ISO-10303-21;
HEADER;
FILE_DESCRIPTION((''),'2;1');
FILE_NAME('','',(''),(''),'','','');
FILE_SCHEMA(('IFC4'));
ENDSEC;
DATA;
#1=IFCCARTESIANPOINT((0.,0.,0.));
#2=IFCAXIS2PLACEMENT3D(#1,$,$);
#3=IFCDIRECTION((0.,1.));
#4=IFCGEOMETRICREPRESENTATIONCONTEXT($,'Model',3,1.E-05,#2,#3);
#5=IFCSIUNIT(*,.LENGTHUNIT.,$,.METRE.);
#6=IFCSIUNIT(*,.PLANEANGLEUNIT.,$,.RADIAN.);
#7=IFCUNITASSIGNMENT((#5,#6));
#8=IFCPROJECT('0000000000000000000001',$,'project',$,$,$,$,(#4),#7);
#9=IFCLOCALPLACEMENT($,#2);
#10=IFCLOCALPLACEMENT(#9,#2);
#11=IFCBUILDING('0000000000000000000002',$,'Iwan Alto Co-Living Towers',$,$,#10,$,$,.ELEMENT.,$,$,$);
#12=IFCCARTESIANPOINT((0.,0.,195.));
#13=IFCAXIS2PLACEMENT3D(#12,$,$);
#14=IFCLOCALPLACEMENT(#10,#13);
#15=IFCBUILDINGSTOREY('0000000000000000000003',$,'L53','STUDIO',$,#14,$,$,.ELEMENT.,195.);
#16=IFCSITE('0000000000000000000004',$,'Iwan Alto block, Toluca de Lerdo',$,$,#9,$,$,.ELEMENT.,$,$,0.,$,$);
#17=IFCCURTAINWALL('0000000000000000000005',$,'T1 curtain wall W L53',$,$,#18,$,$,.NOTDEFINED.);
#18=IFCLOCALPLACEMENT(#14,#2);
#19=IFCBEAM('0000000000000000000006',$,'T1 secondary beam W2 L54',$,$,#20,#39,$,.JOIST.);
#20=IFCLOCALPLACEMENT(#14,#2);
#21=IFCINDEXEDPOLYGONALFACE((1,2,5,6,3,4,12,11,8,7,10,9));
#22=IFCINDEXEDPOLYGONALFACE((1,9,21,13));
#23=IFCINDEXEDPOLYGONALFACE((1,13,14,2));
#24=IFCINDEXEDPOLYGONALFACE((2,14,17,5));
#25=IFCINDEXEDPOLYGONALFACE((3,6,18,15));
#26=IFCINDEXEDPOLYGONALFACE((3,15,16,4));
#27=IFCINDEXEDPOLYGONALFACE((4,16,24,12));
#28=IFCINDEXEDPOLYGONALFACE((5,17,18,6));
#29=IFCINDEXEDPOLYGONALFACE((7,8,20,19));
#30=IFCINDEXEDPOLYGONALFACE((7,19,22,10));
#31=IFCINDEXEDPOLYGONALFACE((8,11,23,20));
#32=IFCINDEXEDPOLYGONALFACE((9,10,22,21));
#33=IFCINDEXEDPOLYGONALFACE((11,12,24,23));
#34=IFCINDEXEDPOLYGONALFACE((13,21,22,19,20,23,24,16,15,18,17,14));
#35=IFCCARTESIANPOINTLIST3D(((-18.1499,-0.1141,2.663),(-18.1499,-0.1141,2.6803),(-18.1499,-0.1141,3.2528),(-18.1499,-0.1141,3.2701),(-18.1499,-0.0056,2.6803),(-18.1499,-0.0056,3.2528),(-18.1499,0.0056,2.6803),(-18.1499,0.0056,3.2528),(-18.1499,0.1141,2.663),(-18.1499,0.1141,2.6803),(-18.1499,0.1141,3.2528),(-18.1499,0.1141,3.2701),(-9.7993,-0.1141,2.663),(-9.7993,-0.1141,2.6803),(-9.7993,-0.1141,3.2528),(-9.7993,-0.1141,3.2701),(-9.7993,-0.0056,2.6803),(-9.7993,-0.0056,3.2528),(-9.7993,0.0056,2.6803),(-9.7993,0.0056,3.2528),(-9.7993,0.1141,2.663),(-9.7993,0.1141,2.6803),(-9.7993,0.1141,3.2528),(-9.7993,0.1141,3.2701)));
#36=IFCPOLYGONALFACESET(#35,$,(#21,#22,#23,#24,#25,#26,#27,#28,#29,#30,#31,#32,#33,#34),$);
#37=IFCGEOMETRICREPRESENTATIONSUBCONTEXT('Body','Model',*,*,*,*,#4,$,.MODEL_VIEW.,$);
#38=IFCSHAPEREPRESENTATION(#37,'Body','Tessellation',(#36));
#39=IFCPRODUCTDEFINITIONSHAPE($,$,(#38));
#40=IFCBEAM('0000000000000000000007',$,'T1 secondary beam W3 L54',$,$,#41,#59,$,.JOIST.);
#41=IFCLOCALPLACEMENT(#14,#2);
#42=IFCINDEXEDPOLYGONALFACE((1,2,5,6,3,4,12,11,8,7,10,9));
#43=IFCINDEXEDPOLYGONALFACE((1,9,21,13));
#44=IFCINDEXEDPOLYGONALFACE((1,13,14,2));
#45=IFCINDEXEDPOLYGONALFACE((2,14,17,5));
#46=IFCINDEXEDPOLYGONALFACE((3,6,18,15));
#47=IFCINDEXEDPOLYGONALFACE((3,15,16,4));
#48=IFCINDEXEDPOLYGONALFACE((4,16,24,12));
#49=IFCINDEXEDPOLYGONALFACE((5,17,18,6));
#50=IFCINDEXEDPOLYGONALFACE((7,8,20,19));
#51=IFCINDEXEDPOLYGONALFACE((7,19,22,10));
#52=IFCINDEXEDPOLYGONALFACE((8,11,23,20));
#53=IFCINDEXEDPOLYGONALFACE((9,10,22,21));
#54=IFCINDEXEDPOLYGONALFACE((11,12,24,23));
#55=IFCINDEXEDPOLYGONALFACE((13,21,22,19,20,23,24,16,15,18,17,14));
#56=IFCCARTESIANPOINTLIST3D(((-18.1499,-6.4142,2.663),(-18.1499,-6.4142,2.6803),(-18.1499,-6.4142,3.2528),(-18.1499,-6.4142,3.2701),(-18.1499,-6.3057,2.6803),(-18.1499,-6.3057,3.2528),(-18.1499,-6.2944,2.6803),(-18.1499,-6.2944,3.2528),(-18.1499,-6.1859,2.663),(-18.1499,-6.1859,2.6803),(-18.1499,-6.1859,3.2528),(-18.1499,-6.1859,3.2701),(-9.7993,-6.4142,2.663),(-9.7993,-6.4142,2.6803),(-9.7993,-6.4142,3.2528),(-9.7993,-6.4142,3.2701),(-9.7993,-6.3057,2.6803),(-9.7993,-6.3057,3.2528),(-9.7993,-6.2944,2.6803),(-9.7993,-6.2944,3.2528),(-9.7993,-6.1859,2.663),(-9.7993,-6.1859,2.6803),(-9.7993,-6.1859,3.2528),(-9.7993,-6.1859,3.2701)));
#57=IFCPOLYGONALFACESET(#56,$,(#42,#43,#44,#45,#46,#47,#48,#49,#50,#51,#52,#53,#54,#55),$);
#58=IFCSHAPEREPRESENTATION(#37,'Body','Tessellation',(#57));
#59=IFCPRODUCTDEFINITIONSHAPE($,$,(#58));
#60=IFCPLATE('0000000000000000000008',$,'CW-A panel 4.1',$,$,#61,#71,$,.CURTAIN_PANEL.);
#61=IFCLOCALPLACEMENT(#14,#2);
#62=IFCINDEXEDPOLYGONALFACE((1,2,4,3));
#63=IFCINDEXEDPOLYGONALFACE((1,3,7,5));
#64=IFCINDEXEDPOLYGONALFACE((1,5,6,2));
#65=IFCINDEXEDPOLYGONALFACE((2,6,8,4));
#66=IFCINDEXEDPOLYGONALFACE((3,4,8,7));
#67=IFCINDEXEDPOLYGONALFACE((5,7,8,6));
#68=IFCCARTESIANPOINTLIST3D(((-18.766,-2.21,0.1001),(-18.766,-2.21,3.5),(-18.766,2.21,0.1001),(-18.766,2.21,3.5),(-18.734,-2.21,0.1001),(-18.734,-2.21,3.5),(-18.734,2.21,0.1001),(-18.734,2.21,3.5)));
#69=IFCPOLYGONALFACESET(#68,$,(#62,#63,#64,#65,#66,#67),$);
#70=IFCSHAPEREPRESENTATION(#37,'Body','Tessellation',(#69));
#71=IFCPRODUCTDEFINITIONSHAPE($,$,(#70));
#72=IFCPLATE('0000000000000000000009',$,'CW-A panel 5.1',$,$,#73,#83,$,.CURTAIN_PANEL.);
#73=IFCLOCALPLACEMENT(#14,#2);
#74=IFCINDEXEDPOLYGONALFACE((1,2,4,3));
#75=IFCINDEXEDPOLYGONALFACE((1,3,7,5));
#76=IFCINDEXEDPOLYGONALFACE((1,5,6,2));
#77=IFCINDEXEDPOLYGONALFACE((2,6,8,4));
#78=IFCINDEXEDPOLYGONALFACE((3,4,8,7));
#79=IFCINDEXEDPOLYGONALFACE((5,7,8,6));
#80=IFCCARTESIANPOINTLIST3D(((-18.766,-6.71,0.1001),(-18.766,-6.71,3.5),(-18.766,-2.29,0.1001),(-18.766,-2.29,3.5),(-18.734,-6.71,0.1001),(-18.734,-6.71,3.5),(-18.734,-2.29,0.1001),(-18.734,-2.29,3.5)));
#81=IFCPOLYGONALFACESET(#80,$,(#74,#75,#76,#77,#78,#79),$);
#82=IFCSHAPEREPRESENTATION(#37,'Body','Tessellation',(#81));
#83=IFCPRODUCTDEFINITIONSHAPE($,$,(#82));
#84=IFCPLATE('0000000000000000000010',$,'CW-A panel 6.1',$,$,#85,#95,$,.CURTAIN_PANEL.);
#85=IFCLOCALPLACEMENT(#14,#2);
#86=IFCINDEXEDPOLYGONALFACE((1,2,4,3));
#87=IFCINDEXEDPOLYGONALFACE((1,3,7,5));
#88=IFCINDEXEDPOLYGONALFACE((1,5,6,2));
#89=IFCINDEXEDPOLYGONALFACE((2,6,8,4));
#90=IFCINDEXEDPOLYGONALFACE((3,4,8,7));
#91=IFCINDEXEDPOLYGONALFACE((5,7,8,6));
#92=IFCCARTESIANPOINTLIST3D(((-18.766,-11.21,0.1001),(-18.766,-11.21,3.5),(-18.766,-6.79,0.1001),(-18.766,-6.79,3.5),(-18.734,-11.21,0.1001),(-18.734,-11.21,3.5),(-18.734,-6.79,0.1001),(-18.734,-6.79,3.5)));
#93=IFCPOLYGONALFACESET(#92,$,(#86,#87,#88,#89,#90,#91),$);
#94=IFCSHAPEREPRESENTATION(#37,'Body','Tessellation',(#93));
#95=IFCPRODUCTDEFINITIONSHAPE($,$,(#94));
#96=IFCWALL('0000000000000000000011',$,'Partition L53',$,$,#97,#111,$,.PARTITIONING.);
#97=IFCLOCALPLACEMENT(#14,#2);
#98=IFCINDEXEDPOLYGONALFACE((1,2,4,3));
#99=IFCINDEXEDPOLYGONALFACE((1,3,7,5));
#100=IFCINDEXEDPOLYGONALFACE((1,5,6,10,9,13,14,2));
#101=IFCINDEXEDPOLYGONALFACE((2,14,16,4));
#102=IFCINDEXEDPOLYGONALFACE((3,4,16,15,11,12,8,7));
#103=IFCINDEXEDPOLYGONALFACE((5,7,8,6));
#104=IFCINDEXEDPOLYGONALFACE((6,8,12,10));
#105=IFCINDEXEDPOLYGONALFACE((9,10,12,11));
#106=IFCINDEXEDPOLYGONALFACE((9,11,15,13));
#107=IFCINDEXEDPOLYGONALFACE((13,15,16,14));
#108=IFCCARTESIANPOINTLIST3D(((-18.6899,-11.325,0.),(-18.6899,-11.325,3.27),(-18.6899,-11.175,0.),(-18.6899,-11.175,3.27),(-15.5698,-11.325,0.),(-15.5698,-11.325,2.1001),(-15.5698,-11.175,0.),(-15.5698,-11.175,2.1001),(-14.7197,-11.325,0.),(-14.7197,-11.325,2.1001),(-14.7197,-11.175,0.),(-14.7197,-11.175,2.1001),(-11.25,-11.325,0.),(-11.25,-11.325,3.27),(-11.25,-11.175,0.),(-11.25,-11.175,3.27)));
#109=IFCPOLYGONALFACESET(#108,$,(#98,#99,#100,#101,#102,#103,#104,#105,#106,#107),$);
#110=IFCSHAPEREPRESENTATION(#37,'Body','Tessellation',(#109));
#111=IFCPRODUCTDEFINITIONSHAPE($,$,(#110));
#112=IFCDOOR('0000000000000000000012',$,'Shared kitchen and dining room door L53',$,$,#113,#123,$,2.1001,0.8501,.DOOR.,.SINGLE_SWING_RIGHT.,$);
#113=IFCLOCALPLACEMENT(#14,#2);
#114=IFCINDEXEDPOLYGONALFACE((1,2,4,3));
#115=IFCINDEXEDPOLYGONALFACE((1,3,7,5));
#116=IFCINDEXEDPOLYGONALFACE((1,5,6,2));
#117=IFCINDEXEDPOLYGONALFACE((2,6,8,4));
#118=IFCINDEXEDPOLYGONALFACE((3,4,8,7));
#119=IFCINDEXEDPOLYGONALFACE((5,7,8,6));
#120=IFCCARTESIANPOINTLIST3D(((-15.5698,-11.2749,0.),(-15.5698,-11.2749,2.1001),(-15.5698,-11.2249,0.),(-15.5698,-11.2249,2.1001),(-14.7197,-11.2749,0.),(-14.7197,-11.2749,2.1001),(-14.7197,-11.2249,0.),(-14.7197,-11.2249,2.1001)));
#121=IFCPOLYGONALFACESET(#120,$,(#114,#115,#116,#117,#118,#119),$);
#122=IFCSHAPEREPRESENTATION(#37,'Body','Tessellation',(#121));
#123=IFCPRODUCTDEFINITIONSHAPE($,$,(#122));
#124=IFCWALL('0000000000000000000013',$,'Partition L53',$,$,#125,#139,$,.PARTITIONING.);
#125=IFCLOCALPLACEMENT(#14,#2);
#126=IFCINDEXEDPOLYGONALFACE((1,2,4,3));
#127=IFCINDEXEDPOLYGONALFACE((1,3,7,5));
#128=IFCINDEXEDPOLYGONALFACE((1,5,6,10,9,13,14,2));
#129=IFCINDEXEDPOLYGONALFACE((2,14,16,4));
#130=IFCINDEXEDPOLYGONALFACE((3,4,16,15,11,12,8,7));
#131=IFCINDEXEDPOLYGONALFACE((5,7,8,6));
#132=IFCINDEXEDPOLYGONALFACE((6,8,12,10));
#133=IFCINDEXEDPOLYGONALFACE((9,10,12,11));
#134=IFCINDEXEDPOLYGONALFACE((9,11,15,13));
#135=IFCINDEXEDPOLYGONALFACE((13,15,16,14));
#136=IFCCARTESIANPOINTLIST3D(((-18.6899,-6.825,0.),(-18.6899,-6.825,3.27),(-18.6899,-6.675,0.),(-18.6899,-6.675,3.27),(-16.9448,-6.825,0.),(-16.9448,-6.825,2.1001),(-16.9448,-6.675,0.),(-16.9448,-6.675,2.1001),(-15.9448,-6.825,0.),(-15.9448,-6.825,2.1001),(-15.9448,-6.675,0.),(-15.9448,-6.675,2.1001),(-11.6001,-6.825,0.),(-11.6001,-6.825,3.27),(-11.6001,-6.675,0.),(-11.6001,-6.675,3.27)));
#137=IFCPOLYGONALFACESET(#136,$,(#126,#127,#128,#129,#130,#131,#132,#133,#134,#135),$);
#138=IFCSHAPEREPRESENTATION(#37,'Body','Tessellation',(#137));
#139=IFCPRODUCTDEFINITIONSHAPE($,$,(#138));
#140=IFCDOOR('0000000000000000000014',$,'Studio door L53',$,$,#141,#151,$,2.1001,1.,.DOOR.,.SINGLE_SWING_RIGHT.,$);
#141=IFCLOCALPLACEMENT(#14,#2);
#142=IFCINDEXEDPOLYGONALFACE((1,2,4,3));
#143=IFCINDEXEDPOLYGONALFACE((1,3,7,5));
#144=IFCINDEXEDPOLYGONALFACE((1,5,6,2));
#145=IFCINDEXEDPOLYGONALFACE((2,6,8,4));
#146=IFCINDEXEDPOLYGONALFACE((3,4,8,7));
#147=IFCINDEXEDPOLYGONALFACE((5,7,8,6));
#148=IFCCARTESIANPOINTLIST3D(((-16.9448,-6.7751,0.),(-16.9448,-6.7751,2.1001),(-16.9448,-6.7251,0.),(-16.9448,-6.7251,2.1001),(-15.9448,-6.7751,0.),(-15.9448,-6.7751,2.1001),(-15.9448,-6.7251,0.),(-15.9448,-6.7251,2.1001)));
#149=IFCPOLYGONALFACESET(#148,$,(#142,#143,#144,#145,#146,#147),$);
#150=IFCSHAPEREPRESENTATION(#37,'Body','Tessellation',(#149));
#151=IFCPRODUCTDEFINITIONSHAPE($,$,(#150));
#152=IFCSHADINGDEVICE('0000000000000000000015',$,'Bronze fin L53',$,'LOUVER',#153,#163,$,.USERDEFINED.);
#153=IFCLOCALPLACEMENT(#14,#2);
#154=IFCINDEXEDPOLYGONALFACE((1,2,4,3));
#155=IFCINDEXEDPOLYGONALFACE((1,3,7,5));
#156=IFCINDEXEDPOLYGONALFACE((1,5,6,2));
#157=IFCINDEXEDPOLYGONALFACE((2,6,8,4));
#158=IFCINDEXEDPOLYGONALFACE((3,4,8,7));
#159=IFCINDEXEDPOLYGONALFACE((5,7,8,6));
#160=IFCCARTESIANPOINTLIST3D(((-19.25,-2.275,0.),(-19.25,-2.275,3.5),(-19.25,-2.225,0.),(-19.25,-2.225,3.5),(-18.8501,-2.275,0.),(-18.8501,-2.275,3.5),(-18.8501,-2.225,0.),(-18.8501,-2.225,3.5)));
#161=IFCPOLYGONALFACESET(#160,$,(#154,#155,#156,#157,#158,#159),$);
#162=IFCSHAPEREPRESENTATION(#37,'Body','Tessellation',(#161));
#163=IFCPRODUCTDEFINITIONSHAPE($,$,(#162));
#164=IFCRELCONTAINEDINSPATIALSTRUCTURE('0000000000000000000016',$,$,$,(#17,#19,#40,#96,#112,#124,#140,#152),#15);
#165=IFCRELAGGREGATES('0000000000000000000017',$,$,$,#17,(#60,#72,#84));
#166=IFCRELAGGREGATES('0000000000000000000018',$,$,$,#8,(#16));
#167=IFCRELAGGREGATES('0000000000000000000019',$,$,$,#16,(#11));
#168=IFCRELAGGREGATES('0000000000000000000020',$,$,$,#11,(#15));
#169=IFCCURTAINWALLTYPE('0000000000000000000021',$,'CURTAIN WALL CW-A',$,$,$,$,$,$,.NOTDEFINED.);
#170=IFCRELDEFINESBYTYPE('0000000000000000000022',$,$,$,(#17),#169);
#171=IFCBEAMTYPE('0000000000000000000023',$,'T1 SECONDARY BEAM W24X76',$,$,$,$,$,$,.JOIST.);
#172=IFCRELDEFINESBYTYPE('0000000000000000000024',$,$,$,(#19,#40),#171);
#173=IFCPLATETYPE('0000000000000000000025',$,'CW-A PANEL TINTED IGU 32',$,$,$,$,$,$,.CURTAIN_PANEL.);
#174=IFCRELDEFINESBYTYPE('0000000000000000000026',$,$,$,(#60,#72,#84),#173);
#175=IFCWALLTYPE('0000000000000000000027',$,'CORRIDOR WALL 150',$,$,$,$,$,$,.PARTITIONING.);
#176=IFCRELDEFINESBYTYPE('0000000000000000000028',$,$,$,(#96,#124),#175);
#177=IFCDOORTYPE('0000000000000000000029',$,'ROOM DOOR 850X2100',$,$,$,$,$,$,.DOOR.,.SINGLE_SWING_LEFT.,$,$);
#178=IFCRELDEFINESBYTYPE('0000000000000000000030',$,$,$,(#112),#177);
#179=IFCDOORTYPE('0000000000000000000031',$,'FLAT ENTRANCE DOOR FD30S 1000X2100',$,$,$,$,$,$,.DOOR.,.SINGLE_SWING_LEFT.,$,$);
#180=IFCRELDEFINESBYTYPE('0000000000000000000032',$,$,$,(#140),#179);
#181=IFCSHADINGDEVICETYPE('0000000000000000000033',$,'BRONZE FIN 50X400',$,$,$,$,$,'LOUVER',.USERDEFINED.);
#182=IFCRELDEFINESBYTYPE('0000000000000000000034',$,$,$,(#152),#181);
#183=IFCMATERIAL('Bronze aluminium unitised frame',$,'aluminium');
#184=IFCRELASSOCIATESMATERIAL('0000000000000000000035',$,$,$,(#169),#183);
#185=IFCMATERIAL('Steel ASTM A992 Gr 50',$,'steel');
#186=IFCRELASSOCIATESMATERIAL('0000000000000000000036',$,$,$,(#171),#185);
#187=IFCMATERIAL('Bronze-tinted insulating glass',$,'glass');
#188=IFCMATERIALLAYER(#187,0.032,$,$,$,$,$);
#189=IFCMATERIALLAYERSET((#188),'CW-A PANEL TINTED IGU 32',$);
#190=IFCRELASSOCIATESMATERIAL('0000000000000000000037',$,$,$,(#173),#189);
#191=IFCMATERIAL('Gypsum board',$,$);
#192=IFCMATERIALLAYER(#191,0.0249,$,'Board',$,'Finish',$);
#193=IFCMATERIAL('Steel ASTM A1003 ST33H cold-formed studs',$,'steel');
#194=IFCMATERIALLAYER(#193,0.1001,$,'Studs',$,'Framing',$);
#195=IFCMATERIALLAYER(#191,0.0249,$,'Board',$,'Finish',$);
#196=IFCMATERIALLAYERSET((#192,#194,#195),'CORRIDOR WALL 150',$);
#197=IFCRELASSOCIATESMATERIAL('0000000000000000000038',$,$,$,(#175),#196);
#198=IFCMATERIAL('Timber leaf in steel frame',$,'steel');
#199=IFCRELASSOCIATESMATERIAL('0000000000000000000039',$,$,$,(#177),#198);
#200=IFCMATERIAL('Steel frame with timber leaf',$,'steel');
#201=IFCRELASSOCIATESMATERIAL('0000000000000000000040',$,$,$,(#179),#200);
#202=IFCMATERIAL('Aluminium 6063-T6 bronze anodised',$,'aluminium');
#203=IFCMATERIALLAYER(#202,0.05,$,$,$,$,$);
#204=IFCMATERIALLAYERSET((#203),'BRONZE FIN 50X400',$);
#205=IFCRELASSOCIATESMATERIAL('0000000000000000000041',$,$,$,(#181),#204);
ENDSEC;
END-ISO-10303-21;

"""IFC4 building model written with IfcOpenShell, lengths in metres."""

from ifc_helpers import new_model, si_unit, direction, frame, frame_2d, origin, origin_2d, place, context, subcontext, project, spatial, rectangle, i_section, extrude, material, layer, layer_set, material_profile, profile_set, type_object, element, fill, aggregate, save


model = new_model("IFC4")

# Units and contexts
model_context = context("Model", 3, precision=1e-05, world=origin(), true_north=direction((0.0, 1.0)))
body_context = subcontext(model_context, "Body", "Model", "MODEL_VIEW")
ifc_project = project(units=[si_unit("LENGTHUNIT", "METRE"), si_unit("PLANEANGLEUNIT", "RADIAN")], contexts=[model_context])

# Site, building, storey
site_placement = place(None, origin())
site = spatial("IfcSite", under=ifc_project, at=site_placement, Name="Iwan Alto block, Toluca de Lerdo", CompositionType="ELEMENT", RefElevation=0.0)
building_placement = place(site_placement, origin())
building = spatial("IfcBuilding", under=site, at=building_placement, Name="Iwan Alto Co-Living Towers", CompositionType="ELEMENT")
storey_placement = place(building_placement, frame((0.0, 0.0, 195.0)))
storey = spatial("IfcBuildingStorey", under=building, at=storey_placement, Name="L53", Description="STUDIO", CompositionType="ELEMENT", Elevation=195.0)

# Curtain wall
ifc_material_1 = material(Name="Bronze aluminium unitised frame", Category="aluminium")
curtain_wall_type = type_object("IfcCurtainWallType", Name="CURTAIN WALL CW-A", PredefinedType="NOTDEFINED", material=ifc_material_1)
curtain_wall_placement = place(storey_placement, origin())
curtain_wall = element("IfcCurtainWall", 1, at=curtain_wall_placement, inside=storey, type_object=curtain_wall_type, Name="T1 curtain wall W L53", PredefinedType="NOTDEFINED")

# Beams
ifc_material_2 = material(Name="Steel ASTM A992 Gr 50", Category="steel")
ifc_material_profile_1 = material_profile(ifc_material_2, i_section(OverallWidth=0.2283, OverallDepth=0.6072, WebThickness=0.0112, FlangeThickness=0.0173, at=origin_2d()), Name="W24X76")
ifc_profile_set_1 = profile_set([ifc_material_profile_1], Name="Steel ASTM A992 Gr 50")
beam_type_1 = type_object("IfcBeamType", Name="T1 SECONDARY BEAM W24X76", PredefinedType="JOIST", material=ifc_profile_set_1)
for number, where, z_axis, x_axis, name in (
    (2, (-18.1499, 0.0, 2.9666), (1.0, 0.0, 0.0), (0.0, 1.0, 0.0), "T1 secondary beam W2 L54"),
    (3, (-18.1499, -6.3, 2.9666), (1.0, 0.0, 0.0), (0.0, 1.0, 0.0), "T1 secondary beam W3 L54"),
):
    element("IfcBeam", number, at=place(storey_placement, frame(where, z_axis=z_axis, x_axis=x_axis)), inside=storey, type_object=beam_type_1, Name=name, PredefinedType="JOIST", context=body_context, shape_type="SweptSolid", body=[
        extrude(i_section(OverallWidth=0.2283, OverallDepth=0.6072, WebThickness=0.0112, FlangeThickness=0.0173, at=origin_2d()), origin(), (0.0, 0.0, 1.0), 8.3506),
    ])

# Plates
ifc_material_3 = material(Name="Bronze-tinted insulating glass", Category="glass")
ifc_layer_1 = layer(ifc_material_3, 0.032)
ifc_layer_set_1 = layer_set([ifc_layer_1], Name="CW-A PANEL TINTED IGU 32")
plate_type = type_object("IfcPlateType", Name="CW-A PANEL TINTED IGU 32", PredefinedType="CURTAIN_PANEL", material=ifc_layer_set_1)
plate_1_placement = place(storey_placement, frame((-18.75, 0.0, 0.1001), z_axis=(0.0, 0.0, 1.0), x_axis=(0.0, -1.0, 0.0)))
plate_1 = element("IfcPlate", 4, at=plate_1_placement, type_object=plate_type, Name="CW-A panel 4.1", PredefinedType="CURTAIN_PANEL", context=body_context, shape_type="SweptSolid", body=[
    extrude(rectangle(XDim=4.4199, YDim=0.032, at=origin_2d()), origin(), (0.0, 0.0, 1.0), 3.3999),
])
plate_2_placement = place(storey_placement, frame((-18.75, -4.5, 0.1001), z_axis=(0.0, 0.0, 1.0), x_axis=(0.0, -1.0, 0.0)))
plate_2 = element("IfcPlate", 5, at=plate_2_placement, type_object=plate_type, Name="CW-A panel 5.1", PredefinedType="CURTAIN_PANEL", context=body_context, shape_type="SweptSolid", body=[
    extrude(rectangle(XDim=4.4199, YDim=0.032, at=origin_2d()), origin(), (0.0, 0.0, 1.0), 3.3999),
])
plate_3_placement = place(storey_placement, frame((-18.75, -9.0, 0.1001), z_axis=(0.0, 0.0, 1.0), x_axis=(0.0, -1.0, 0.0)))
plate_3 = element("IfcPlate", 6, at=plate_3_placement, type_object=plate_type, Name="CW-A panel 6.1", PredefinedType="CURTAIN_PANEL", context=body_context, shape_type="SweptSolid", body=[
    extrude(rectangle(XDim=4.4199, YDim=0.032, at=origin_2d()), origin(), (0.0, 0.0, 1.0), 3.3999),
])
aggregate(curtain_wall, [plate_1, plate_2, plate_3])

# Walls, openings, doors
ifc_material_4 = material(Name="Gypsum board")
ifc_layer_2 = layer(ifc_material_4, 0.0249, Name="Board", Category="Finish")
ifc_material_5 = material(Name="Steel ASTM A1003 ST33H cold-formed studs", Category="steel")
ifc_layer_3 = layer(ifc_material_5, 0.1001, Name="Studs", Category="Framing")
ifc_layer_4 = layer(ifc_material_4, 0.0249, Name="Board", Category="Finish")
ifc_layer_set_2 = layer_set([ifc_layer_2, ifc_layer_3, ifc_layer_4], Name="CORRIDOR WALL 150")
wall_type = type_object("IfcWallType", Name="CORRIDOR WALL 150", PredefinedType="PARTITIONING", material=ifc_layer_set_2)
wall_1_placement = place(storey_placement, frame((-18.6899, -11.25, 0.0), z_axis=(0.0, 0.0, 1.0), x_axis=(1.0, 0.0, 0.0)))
wall_1 = element("IfcWall", 7, at=wall_1_placement, inside=storey, type_object=wall_type, Name="Partition L53", PredefinedType="PARTITIONING", context=body_context, shape_type="SweptSolid", body=[
    extrude(rectangle(XDim=7.4399, YDim=0.1499, at=frame_2d((3.72, 0.0))), origin(), (0.0, 0.0, 1.0), 3.27),
])
opening_1_placement = place(wall_1_placement, frame((3.1201, 0.0, 0.0)))
opening_1 = element("IfcOpeningElement", 8, at=opening_1_placement, cuts=wall_1, PredefinedType="OPENING", context=body_context, shape_type="SweptSolid", body=[
    extrude(rectangle(XDim=0.8501, YDim=2.1001, at=frame_2d((0.425, 1.05))), frame((0.0, 0.085, 0.0), z_axis=(0.0, -1.0, 0.0), x_axis=(1.0, 0.0, 0.0)), (0.0, 0.0, 1.0), 0.1699),
])
ifc_material_6 = material(Name="Timber leaf in steel frame", Category="steel")
door_type_1 = type_object("IfcDoorType", Name="ROOM DOOR 850X2100", OperationType="SINGLE_SWING_LEFT", PredefinedType="DOOR", material=ifc_material_6)
door_1_placement = place(opening_1_placement, frame((0.8501, 0.0, 0.0), z_axis=(0.0, 0.0, 1.0), x_axis=(-1.0, 0.0, 0.0)))
door_1 = element("IfcDoor", 9, at=door_1_placement, inside=storey, type_object=door_type_1, Name="Shared kitchen and dining room door L53", OperationType="SINGLE_SWING_RIGHT", OverallHeight=2.1001, OverallWidth=0.8501, PredefinedType="DOOR", context=body_context, shape_type="SweptSolid", body=[
    extrude(rectangle(XDim=0.8501, YDim=2.1001, at=frame_2d((0.425, 1.05))), frame((0.0, 0.0249, 0.0), z_axis=(0.0, -1.0, 0.0), x_axis=(1.0, 0.0, 0.0)), (0.0, 0.0, 1.0), 0.05),
])
fill(opening_1, door_1)
wall_2_placement = place(storey_placement, frame((-18.6899, -6.75, 0.0), z_axis=(0.0, 0.0, 1.0), x_axis=(1.0, 0.0, 0.0)))
wall_2 = element("IfcWall", 10, at=wall_2_placement, inside=storey, type_object=wall_type, Name="Partition L53", PredefinedType="PARTITIONING", context=body_context, shape_type="SweptSolid", body=[
    extrude(rectangle(XDim=7.0898, YDim=0.1499, at=frame_2d((3.5449, 0.0))), origin(), (0.0, 0.0, 1.0), 3.27),
])
opening_2_placement = place(wall_2_placement, frame((1.7451, 0.0, 0.0)))
opening_2 = element("IfcOpeningElement", 11, at=opening_2_placement, cuts=wall_2, PredefinedType="OPENING", context=body_context, shape_type="SweptSolid", body=[
    extrude(rectangle(XDim=1.0, YDim=2.1001, at=frame_2d((0.5, 1.05))), frame((0.0, 0.085, 0.0), z_axis=(0.0, -1.0, 0.0), x_axis=(1.0, 0.0, 0.0)), (0.0, 0.0, 1.0), 0.1699),
])
ifc_material_7 = material(Name="Steel frame with timber leaf", Category="steel")
door_type_2 = type_object("IfcDoorType", Name="FLAT ENTRANCE DOOR FD30S 1000X2100", OperationType="SINGLE_SWING_LEFT", PredefinedType="DOOR", material=ifc_material_7)
door_2_placement = place(opening_2_placement, origin())
door_2 = element("IfcDoor", 12, at=door_2_placement, inside=storey, type_object=door_type_2, Name="Studio door L53", OperationType="SINGLE_SWING_RIGHT", OverallHeight=2.1001, OverallWidth=1.0, PredefinedType="DOOR", context=body_context, shape_type="SweptSolid", body=[
    extrude(rectangle(XDim=1.0, YDim=2.1001, at=frame_2d((0.5, 1.05))), frame((0.0, 0.0249, 0.0), z_axis=(0.0, -1.0, 0.0), x_axis=(1.0, 0.0, 0.0)), (0.0, 0.0, 1.0), 0.05),
])
fill(opening_2, door_2)

# Shading device
ifc_material_8 = material(Name="Aluminium 6063-T6 bronze anodised", Category="aluminium")
ifc_layer_5 = layer(ifc_material_8, 0.05)
ifc_layer_set_3 = layer_set([ifc_layer_5], Name="BRONZE FIN 50X400")
shading_device_type = type_object("IfcShadingDeviceType", Name="BRONZE FIN 50X400", ElementType="LOUVER", PredefinedType="USERDEFINED", material=ifc_layer_set_3)
shading_device_placement = place(storey_placement, frame((-19.05, -2.25, 0.0), z_axis=(0.0, 0.0, 1.0), x_axis=(0.0, -1.0, 0.0)))
element("IfcShadingDevice", 13, at=shading_device_placement, inside=storey, type_object=shading_device_type, Name="Bronze fin L53", ObjectType="LOUVER", PredefinedType="USERDEFINED", context=body_context, shape_type="SweptSolid", body=[
    extrude(rectangle(XDim=0.05, YDim=0.3999, at=origin_2d()), origin(), (0.0, 0.0, 1.0), 3.5),
])

save(model, "model.ifc")
